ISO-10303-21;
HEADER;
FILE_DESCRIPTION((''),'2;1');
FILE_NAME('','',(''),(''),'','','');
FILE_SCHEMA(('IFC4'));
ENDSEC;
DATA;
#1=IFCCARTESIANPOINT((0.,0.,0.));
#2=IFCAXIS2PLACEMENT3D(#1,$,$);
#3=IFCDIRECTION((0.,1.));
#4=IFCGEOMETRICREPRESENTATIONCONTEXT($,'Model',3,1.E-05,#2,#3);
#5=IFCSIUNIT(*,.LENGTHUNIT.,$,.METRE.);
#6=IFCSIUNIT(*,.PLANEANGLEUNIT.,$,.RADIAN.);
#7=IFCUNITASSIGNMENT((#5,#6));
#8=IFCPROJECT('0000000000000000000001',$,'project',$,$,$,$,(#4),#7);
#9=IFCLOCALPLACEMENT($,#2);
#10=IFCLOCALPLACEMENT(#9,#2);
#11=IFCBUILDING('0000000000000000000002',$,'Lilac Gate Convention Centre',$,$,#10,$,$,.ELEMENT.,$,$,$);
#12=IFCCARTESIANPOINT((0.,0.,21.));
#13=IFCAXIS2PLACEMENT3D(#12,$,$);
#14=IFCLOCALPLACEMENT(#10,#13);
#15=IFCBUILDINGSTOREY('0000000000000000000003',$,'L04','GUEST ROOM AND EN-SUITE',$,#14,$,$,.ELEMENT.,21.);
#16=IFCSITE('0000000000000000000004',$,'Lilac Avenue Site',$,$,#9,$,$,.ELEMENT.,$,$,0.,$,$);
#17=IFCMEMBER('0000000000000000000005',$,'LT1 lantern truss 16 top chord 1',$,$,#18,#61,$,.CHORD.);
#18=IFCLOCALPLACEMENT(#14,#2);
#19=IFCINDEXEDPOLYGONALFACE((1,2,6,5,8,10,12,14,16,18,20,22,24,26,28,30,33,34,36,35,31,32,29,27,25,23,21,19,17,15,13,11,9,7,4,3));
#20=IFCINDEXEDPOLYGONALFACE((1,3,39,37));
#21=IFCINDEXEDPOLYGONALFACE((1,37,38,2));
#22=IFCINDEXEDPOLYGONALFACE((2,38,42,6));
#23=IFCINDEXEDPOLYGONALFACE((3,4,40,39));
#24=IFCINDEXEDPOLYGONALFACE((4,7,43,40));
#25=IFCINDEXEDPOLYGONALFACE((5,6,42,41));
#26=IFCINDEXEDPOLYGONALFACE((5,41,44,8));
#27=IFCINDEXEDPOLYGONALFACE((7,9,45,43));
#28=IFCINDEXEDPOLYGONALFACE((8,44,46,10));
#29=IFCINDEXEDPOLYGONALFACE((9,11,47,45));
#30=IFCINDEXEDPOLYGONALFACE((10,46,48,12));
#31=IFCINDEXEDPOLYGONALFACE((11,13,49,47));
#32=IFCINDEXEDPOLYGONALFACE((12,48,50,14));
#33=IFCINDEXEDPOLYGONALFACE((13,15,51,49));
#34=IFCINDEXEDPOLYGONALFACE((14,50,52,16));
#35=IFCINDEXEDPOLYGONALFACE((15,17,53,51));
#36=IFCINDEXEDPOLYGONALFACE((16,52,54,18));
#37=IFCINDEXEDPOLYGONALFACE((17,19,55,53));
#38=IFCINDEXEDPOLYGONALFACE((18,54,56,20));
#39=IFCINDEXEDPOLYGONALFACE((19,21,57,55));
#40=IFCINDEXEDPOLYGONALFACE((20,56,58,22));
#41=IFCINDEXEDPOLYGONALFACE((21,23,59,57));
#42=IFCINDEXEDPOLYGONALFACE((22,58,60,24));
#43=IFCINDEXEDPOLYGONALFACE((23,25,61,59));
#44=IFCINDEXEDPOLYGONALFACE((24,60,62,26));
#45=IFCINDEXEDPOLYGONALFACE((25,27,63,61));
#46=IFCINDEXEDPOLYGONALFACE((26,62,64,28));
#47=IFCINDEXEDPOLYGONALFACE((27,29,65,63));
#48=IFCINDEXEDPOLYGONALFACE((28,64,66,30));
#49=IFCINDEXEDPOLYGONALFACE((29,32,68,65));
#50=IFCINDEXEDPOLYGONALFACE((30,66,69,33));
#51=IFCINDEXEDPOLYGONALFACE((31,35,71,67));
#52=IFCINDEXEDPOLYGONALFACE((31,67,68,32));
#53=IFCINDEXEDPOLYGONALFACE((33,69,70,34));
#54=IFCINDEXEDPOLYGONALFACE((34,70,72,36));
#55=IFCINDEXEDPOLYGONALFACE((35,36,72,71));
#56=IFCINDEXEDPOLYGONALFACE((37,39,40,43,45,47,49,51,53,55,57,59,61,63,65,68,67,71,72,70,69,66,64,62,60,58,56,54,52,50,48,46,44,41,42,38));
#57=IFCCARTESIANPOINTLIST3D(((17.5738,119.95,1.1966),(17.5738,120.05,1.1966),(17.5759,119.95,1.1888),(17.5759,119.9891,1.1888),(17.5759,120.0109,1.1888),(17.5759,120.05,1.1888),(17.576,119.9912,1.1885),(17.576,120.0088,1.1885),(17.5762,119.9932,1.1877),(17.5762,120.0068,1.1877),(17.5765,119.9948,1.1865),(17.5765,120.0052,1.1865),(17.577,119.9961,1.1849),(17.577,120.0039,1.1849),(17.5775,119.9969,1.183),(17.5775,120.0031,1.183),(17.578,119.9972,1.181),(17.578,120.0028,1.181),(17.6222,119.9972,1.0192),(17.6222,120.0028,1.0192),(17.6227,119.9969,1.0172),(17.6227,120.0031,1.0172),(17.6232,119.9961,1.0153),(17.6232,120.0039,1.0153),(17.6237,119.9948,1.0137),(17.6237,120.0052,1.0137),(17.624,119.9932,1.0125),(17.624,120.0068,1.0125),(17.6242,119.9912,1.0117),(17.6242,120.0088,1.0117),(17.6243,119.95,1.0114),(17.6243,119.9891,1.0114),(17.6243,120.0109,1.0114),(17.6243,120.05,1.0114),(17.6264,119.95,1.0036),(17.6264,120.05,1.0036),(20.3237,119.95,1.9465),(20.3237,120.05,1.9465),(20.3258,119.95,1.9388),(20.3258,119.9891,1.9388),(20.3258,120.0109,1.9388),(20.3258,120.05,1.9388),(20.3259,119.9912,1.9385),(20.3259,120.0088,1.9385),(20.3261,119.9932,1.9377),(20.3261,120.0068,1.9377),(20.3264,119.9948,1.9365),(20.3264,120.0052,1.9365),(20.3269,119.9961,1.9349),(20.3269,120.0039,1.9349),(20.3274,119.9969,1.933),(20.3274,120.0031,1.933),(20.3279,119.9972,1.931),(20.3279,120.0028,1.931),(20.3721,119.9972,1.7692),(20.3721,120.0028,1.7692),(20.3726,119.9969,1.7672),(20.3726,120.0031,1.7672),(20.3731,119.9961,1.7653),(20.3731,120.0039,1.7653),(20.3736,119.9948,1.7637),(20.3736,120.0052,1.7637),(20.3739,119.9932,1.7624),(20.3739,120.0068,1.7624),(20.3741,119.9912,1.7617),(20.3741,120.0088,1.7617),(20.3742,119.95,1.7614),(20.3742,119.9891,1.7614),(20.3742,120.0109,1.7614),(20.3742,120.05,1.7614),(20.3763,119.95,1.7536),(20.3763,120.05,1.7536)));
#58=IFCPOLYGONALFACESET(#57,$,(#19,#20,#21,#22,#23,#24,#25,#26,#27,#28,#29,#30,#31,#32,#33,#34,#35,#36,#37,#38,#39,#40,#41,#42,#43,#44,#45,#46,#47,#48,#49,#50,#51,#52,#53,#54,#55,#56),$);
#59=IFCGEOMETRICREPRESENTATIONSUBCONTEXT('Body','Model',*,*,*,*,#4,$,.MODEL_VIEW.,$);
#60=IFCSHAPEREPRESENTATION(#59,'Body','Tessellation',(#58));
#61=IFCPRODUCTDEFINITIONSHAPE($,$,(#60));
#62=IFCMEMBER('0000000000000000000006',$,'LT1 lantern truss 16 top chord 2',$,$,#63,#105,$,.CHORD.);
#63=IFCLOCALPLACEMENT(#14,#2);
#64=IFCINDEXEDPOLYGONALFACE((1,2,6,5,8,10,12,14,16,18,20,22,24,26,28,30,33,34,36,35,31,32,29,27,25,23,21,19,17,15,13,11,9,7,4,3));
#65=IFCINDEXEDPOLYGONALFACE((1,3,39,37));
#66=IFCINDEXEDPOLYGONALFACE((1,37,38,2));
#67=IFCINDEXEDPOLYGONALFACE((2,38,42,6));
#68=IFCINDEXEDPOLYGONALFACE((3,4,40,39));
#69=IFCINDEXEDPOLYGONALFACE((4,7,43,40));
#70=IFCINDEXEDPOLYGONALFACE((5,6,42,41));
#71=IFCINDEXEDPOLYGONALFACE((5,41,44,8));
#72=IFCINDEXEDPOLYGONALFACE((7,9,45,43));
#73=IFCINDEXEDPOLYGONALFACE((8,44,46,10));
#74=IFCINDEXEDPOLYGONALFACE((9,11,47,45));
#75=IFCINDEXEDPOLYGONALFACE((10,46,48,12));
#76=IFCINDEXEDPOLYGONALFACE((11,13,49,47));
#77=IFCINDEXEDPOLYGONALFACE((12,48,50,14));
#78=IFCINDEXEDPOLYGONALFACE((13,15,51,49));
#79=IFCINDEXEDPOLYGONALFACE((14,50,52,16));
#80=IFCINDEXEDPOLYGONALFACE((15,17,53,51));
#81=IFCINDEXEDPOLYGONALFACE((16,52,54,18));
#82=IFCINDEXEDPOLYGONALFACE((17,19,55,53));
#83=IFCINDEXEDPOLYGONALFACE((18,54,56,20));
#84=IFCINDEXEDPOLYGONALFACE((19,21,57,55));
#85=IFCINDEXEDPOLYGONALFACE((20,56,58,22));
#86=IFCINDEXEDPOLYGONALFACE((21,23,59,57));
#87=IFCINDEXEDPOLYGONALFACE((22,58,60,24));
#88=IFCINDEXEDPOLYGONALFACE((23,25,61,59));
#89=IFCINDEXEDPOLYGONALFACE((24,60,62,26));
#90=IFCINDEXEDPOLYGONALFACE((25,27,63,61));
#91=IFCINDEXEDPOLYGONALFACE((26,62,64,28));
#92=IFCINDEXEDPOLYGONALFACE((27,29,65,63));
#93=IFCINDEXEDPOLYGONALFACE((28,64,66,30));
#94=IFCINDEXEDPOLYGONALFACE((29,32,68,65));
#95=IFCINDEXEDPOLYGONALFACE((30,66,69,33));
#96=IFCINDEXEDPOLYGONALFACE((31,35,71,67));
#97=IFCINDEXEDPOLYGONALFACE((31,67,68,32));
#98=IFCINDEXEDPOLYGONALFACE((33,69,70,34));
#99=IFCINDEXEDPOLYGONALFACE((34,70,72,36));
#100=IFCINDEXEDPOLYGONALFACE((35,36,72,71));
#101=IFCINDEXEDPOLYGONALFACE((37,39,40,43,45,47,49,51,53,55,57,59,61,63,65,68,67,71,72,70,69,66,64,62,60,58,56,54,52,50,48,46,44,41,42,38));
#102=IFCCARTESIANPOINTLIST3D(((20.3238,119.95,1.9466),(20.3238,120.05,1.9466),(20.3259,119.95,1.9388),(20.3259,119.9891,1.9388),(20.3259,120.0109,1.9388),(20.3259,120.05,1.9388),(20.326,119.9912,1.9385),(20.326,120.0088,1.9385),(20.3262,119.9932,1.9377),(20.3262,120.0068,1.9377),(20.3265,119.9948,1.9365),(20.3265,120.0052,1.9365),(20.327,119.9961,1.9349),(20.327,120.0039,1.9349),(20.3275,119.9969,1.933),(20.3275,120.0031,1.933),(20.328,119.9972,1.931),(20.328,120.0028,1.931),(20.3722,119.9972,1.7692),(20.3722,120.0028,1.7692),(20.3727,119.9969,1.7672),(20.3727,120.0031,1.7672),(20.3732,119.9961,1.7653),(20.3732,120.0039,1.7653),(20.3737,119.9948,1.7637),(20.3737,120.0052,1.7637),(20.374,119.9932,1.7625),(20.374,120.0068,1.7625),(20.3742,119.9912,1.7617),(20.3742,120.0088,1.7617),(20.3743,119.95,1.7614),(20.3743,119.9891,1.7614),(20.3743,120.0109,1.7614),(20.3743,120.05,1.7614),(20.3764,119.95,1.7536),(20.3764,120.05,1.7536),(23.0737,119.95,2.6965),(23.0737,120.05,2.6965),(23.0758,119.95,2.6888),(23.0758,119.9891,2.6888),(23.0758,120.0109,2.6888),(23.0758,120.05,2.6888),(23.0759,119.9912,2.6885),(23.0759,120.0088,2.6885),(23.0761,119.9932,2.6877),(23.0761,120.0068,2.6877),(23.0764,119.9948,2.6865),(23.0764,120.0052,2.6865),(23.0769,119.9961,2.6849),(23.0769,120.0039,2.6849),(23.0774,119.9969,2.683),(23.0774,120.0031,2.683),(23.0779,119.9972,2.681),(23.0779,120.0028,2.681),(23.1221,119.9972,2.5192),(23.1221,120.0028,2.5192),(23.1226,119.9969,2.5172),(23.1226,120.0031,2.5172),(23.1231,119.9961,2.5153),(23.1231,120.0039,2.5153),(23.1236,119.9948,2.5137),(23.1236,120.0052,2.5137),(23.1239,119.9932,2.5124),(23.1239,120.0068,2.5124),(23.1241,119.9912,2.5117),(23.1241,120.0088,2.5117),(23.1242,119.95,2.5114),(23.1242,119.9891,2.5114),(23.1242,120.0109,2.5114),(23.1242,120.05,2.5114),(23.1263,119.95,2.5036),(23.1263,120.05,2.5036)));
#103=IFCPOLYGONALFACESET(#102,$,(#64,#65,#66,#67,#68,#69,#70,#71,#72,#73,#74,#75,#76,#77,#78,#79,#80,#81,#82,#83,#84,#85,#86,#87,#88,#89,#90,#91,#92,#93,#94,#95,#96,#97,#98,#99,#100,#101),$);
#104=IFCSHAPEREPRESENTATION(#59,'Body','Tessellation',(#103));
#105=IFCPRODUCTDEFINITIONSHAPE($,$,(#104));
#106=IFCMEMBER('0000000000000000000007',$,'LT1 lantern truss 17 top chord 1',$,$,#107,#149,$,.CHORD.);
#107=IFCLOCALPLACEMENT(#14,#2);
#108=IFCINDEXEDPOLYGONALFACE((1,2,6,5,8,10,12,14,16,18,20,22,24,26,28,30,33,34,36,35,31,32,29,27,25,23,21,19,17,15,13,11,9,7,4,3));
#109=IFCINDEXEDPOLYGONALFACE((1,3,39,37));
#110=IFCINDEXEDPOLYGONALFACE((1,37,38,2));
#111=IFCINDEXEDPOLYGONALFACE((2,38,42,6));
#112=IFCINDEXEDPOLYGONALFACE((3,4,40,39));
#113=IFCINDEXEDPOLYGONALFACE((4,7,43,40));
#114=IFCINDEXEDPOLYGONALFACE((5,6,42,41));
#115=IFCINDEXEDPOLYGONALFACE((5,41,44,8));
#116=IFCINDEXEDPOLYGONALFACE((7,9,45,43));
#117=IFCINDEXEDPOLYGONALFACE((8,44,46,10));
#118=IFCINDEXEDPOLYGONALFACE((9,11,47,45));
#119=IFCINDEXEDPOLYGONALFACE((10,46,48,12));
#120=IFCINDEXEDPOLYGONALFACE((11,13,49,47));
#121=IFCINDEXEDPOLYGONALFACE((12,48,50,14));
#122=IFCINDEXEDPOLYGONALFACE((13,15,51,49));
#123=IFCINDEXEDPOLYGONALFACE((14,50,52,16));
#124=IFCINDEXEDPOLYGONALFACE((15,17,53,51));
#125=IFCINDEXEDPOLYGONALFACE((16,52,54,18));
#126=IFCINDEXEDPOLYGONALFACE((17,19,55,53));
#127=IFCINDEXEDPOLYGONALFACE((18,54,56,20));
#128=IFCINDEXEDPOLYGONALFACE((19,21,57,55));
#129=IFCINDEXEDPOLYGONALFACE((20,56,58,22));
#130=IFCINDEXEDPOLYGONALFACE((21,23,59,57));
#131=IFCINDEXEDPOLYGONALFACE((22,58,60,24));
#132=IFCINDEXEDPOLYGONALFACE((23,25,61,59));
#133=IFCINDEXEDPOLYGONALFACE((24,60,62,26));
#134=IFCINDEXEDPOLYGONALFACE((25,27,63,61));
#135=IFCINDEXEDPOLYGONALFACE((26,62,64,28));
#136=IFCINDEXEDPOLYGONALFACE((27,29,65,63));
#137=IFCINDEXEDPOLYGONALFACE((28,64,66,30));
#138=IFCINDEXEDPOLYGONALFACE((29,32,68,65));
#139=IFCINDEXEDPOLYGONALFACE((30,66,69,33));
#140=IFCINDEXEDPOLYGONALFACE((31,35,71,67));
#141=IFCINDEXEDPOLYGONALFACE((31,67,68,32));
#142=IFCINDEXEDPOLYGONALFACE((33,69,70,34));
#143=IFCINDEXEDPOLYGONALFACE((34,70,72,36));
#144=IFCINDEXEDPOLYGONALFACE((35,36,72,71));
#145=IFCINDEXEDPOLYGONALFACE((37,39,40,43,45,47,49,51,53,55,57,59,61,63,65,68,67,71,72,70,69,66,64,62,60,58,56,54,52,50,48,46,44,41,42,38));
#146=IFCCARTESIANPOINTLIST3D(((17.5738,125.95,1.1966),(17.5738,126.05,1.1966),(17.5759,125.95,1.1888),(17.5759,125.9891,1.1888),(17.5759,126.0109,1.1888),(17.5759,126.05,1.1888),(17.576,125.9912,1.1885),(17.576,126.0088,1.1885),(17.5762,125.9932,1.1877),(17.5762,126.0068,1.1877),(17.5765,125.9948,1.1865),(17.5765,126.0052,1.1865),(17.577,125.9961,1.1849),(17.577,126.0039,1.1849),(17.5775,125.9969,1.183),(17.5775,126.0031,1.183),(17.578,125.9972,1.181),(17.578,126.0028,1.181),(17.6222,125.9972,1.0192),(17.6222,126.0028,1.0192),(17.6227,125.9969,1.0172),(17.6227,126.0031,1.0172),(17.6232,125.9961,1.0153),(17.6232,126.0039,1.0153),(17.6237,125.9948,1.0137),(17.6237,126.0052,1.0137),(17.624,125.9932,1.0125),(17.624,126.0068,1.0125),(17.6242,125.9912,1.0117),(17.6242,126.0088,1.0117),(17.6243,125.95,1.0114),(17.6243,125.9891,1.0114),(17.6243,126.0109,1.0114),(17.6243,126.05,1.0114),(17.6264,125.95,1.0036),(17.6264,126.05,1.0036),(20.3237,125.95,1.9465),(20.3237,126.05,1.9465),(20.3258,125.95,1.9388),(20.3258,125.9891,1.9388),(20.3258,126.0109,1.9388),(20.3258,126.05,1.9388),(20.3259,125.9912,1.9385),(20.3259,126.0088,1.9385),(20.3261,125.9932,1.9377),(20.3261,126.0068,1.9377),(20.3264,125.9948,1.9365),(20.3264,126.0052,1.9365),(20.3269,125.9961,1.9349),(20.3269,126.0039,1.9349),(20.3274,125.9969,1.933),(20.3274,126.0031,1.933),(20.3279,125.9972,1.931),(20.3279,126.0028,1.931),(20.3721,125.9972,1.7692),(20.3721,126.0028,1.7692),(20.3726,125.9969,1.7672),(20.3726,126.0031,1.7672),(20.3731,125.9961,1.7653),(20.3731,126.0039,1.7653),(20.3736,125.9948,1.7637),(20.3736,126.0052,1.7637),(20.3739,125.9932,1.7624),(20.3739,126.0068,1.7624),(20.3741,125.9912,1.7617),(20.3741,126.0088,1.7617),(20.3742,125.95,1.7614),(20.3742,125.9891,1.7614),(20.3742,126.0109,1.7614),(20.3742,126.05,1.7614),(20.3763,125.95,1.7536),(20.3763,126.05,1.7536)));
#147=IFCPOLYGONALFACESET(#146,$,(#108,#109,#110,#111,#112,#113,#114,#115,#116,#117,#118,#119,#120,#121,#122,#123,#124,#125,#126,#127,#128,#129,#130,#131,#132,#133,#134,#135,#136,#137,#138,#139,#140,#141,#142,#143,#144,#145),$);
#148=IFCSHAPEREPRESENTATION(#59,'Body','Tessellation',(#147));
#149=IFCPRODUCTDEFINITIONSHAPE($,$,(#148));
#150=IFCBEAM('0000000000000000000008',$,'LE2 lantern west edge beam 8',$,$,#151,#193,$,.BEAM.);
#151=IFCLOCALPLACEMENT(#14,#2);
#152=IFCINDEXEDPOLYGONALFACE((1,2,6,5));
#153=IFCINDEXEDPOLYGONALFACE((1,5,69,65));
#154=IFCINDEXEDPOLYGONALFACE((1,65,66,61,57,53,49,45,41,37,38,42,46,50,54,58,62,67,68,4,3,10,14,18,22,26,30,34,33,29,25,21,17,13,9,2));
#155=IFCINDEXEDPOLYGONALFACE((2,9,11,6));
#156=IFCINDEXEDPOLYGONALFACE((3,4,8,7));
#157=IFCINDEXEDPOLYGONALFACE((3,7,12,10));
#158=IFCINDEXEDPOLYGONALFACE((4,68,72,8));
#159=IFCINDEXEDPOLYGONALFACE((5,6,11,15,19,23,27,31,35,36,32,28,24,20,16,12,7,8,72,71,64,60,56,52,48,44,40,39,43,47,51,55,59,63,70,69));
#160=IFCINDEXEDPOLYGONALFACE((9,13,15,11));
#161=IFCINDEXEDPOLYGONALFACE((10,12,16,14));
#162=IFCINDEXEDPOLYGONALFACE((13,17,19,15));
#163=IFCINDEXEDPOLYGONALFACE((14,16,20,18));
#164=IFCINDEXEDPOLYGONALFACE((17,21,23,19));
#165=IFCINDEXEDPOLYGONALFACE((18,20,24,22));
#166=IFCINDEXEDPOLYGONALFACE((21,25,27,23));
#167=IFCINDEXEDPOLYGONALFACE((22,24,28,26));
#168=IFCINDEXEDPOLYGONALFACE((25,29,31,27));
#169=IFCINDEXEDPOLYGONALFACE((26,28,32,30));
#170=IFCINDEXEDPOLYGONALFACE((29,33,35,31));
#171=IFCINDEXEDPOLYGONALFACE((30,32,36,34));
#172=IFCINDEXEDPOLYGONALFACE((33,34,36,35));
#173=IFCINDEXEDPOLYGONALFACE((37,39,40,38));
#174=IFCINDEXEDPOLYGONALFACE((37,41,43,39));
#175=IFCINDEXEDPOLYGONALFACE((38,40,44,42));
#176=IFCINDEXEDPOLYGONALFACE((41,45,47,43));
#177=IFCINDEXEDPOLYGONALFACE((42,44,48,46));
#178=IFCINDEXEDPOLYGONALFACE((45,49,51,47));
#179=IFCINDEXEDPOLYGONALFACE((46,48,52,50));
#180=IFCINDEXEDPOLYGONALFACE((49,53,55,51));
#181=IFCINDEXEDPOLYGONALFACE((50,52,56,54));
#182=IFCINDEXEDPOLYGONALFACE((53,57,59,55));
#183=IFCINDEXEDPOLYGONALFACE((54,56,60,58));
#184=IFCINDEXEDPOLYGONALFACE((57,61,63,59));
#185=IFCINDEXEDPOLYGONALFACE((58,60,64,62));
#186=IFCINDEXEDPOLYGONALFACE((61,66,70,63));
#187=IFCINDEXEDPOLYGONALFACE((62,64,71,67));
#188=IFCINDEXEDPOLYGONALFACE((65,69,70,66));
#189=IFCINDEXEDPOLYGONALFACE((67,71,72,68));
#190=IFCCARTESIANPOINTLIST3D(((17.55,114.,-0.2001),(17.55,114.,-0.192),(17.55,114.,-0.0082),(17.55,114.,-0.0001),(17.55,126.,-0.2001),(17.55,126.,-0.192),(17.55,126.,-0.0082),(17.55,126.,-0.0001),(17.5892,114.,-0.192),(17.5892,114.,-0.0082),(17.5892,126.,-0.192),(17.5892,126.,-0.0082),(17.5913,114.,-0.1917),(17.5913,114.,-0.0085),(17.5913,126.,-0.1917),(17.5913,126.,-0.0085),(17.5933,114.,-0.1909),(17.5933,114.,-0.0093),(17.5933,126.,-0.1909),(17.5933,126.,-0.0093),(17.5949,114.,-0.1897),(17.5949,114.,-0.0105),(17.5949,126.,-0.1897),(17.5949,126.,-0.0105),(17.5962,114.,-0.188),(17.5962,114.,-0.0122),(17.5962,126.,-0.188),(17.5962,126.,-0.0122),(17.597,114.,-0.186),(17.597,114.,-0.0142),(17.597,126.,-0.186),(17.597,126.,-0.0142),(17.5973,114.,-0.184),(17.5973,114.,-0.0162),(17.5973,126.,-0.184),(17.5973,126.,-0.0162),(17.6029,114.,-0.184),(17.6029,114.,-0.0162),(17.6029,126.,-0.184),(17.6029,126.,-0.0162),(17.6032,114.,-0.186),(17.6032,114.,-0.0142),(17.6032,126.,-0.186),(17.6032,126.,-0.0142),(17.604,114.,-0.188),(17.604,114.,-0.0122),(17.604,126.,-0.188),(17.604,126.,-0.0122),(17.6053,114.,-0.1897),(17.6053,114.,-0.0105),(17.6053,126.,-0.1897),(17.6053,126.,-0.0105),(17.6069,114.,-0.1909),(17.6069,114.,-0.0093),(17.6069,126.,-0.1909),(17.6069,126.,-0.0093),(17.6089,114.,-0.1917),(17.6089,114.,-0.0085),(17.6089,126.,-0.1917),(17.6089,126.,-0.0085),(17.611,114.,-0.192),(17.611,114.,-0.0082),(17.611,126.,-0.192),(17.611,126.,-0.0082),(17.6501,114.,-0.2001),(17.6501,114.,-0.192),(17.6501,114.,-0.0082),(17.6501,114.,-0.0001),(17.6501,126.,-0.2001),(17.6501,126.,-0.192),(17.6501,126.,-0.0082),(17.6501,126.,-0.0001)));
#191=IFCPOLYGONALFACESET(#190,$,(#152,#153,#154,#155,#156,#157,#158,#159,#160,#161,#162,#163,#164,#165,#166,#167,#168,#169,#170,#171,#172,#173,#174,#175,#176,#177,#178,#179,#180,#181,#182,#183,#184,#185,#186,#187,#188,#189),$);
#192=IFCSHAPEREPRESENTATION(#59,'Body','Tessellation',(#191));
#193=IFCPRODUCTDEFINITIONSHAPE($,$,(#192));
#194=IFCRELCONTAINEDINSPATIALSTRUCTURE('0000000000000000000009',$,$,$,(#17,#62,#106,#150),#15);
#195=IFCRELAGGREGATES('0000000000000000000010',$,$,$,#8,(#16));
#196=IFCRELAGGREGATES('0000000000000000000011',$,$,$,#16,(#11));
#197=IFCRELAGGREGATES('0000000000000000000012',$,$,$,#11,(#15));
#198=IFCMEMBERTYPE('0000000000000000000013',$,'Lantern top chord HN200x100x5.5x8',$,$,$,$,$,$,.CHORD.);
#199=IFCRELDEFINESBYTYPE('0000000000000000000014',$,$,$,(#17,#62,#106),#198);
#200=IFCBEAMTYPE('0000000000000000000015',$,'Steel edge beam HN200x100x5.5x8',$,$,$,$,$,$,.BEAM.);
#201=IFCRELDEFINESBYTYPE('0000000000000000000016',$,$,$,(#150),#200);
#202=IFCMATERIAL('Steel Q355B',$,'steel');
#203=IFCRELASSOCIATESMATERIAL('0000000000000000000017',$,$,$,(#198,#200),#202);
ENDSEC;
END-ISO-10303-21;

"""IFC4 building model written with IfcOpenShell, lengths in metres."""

from ifc_helpers import new_model, si_unit, direction, frame, origin, origin_2d, place, context, subcontext, project, spatial, i_section, extrude, material, material_profile, profile_set, type_object, element, save


model = new_model("IFC4")

# Units and contexts
model_context = context("Model", 3, precision=1e-05, world=origin(), true_north=direction((0.0, 1.0)))
body_context = subcontext(model_context, "Body", "Model", "MODEL_VIEW")
ifc_project = project(units=[si_unit("LENGTHUNIT", "METRE"), si_unit("PLANEANGLEUNIT", "RADIAN")], contexts=[model_context])

# Site, building, storey
site_placement = place(None, origin())
site = spatial("IfcSite", under=ifc_project, at=site_placement, Name="Lilac Avenue Site", CompositionType="ELEMENT", RefElevation=0.0)
building_placement = place(site_placement, origin())
building = spatial("IfcBuilding", under=site, at=building_placement, Name="Lilac Gate Convention Centre", CompositionType="ELEMENT")
storey_placement = place(building_placement, frame((0.0, 0.0, 21.0)))
storey = spatial("IfcBuildingStorey", under=building, at=storey_placement, Name="L04", Description="GUEST ROOM AND EN-SUITE", CompositionType="ELEMENT", Elevation=21.0)

# Members
ifc_material_1 = material(Name="Steel Q355B", Category="steel")
ifc_material_profile_1 = material_profile(ifc_material_1, i_section(OverallWidth=0.1001, OverallDepth=0.2, WebThickness=0.0056, FlangeThickness=0.0081, FilletRadius=0.0081, at=origin_2d()), Name="HN200x100x5.5x8")
ifc_profile_set_1 = profile_set([ifc_material_profile_1], Name="Steel Q355B")
member_type_1 = type_object("IfcMemberType", Name="Lantern top chord HN200x100x5.5x8", PredefinedType="CHORD", material=ifc_profile_set_1)
for number, where, z_axis, x_axis, name in (
    (1, (17.6001, 120.0, 1.1001), (0.964764, 0.0, 0.263117), (0.0, 1.0, 0.0), "LT1 lantern truss 16 top chord 1"),
    (2, (20.3501, 120.0, 1.8501), (0.964764, 0.0, 0.263117), (0.0, 1.0, 0.0), "LT1 lantern truss 16 top chord 2"),
    (3, (17.6001, 126.0, 1.1001), (0.964764, 0.0, 0.263117), (0.0, 1.0, 0.0), "LT1 lantern truss 17 top chord 1"),
):
    element("IfcMember", number, at=place(storey_placement, frame(where, z_axis=z_axis, x_axis=x_axis)), inside=storey, type_object=member_type_1, Name=name, PredefinedType="CHORD", context=body_context, shape_type="SweptSolid", body=[
        extrude(i_section(OverallWidth=0.1001, OverallDepth=0.2, WebThickness=0.0056, FlangeThickness=0.0081, FilletRadius=0.0081, at=origin_2d()), origin(), (0.0, 0.0, 1.0), 2.8503),
    ])

# Beam
ifc_material_profile_2 = material_profile(ifc_material_1, i_section(OverallWidth=0.1001, OverallDepth=0.2, WebThickness=0.0056, FlangeThickness=0.0081, FilletRadius=0.0081, at=origin_2d()), Name="HN200x100x5.5x8")
ifc_profile_set_2 = profile_set([ifc_material_profile_2], Name="Steel Q355B")
beam_type_1 = type_object("IfcBeamType", Name="Steel edge beam HN200x100x5.5x8", PredefinedType="BEAM", material=ifc_profile_set_2)
for number, where, z_axis, x_axis, name in (
    (4, (17.6001, 114.0, -0.1001), (0.0, 1.0, 0.0), (-1.0, 0.0, 0.0), "LE2 lantern west edge beam 8"),
):
    element("IfcBeam", number, at=place(storey_placement, frame(where, z_axis=z_axis, x_axis=x_axis)), inside=storey, type_object=beam_type_1, Name=name, PredefinedType="BEAM", context=body_context, shape_type="SweptSolid", body=[
        extrude(i_section(OverallWidth=0.1001, OverallDepth=0.2, WebThickness=0.0056, FlangeThickness=0.0081, FilletRadius=0.0081, at=origin_2d()), origin(), (0.0, 0.0, 1.0), 12.0),
    ])

save(model, "model.ifc")
